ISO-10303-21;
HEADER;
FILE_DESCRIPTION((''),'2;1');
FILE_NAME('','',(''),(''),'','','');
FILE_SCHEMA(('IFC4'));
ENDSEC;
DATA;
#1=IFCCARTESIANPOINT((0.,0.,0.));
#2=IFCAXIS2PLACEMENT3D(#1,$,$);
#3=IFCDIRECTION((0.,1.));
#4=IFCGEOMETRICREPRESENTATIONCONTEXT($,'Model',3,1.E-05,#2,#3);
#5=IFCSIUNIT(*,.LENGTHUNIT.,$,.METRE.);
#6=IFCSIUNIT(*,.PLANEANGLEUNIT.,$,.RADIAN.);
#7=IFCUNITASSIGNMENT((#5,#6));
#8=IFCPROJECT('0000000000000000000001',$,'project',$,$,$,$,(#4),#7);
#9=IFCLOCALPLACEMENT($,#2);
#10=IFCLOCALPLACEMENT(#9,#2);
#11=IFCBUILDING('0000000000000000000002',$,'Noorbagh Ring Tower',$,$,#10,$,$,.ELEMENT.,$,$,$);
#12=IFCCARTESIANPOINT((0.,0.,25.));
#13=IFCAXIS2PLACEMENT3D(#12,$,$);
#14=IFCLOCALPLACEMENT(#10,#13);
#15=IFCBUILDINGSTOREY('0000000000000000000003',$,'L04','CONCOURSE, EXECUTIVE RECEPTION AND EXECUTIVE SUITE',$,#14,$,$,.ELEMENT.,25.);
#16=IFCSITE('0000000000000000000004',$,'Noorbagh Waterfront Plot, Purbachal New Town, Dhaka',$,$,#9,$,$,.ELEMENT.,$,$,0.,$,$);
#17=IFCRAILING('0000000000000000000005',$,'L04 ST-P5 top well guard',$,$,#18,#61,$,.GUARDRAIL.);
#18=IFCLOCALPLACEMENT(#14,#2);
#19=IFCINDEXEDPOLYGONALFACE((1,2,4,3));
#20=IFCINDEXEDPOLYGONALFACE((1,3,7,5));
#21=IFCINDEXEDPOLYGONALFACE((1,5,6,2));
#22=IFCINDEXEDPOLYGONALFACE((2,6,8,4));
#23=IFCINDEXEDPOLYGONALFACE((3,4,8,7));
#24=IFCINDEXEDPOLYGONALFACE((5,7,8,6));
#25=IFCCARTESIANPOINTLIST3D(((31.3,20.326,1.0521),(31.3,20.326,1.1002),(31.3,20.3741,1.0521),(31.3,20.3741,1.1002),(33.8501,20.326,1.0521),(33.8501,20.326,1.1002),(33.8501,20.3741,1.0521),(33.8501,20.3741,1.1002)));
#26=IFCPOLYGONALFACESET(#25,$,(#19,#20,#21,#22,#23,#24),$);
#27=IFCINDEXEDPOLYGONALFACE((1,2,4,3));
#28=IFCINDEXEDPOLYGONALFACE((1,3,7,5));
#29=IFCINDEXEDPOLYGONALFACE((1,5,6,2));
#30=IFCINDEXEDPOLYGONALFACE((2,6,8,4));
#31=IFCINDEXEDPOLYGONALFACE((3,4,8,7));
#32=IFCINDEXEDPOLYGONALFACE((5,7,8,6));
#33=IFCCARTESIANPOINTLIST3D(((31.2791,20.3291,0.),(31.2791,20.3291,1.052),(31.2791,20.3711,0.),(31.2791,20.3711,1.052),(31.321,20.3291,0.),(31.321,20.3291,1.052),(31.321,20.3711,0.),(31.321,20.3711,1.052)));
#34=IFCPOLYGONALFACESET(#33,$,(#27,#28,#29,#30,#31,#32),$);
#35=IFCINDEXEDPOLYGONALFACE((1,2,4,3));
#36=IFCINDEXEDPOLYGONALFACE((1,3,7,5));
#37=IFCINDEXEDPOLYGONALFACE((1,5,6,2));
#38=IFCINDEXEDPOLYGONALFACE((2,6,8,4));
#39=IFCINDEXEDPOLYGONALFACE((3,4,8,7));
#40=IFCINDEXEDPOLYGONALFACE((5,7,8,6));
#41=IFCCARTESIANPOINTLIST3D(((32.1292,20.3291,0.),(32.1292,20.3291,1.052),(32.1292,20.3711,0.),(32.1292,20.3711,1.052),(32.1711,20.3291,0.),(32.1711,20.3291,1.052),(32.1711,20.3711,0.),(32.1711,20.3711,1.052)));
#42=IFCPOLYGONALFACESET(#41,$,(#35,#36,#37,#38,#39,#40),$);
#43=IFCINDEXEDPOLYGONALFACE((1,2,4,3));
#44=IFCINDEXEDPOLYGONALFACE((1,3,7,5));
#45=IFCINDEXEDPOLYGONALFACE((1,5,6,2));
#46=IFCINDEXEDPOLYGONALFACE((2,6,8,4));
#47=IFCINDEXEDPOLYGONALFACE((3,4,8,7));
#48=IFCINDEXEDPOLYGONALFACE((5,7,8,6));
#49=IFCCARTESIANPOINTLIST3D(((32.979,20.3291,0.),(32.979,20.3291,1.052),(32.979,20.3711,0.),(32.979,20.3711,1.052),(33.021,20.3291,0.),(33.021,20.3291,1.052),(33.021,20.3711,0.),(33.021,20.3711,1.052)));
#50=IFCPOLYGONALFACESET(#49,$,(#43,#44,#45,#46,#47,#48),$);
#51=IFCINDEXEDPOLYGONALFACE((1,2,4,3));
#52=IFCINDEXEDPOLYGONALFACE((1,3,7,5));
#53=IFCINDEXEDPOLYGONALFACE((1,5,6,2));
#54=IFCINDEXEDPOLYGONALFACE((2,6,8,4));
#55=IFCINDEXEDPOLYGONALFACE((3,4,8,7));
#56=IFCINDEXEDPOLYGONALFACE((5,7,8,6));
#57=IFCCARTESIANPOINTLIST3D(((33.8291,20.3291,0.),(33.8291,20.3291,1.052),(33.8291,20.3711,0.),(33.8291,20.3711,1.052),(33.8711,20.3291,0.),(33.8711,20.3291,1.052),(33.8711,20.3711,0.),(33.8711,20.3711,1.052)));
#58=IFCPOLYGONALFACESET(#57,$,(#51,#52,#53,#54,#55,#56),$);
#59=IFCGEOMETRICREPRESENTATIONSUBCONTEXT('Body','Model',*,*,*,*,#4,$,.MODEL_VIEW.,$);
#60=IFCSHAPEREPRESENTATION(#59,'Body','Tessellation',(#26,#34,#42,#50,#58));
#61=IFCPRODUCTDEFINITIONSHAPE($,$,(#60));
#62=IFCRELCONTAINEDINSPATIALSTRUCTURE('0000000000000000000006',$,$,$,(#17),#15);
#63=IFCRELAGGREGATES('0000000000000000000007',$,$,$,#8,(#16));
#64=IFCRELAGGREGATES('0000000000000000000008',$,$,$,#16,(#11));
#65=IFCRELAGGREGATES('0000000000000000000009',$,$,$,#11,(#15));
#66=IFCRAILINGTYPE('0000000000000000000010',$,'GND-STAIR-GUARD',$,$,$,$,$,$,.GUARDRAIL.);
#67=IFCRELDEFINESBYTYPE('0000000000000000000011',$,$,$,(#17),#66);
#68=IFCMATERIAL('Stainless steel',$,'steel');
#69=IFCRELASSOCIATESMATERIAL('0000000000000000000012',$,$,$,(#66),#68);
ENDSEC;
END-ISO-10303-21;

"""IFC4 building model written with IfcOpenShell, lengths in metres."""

from ifc_helpers import new_model, si_unit, direction, frame, origin, origin_2d, place, context, subcontext, project, spatial, rectangle, extrude, material, type_object, element, save


model = new_model("IFC4")

# Units and contexts
model_context = context("Model", 3, precision=1e-05, world=origin(), true_north=direction((0.0, 1.0)))
body_context = subcontext(model_context, "Body", "Model", "MODEL_VIEW")
ifc_project = project(units=[si_unit("LENGTHUNIT", "METRE"), si_unit("PLANEANGLEUNIT", "RADIAN")], contexts=[model_context])

# Site, building, storey
site_placement = place(None, origin())
site = spatial("IfcSite", under=ifc_project, at=site_placement, Name="Noorbagh Waterfront Plot, Purbachal New Town, Dhaka", CompositionType="ELEMENT", RefElevation=0.0)
building_placement = place(site_placement, origin())
building = spatial("IfcBuilding", under=site, at=building_placement, Name="Noorbagh Ring Tower", CompositionType="ELEMENT")
storey_placement = place(building_placement, frame((0.0, 0.0, 25.0)))
storey = spatial("IfcBuildingStorey", under=building, at=storey_placement, Name="L04", Description="CONCOURSE, EXECUTIVE RECEPTION AND EXECUTIVE SUITE", CompositionType="ELEMENT", Elevation=25.0)

# Railing
ifc_material_1 = material(Name="Stainless steel", Category="steel")
railing_type = type_object("IfcRailingType", Name="GND-STAIR-GUARD", PredefinedType="GUARDRAIL", material=ifc_material_1)
railing_placement = place(storey_placement, frame((31.3, 20.3501, 0.0)))
element("IfcRailing", 1, at=railing_placement, inside=storey, type_object=railing_type, Name="L04 ST-P5 top well guard", PredefinedType="GUARDRAIL", context=body_context, shape_type="SweptSolid", body=[
    extrude(rectangle(XDim=0.0481, YDim=0.0481, at=origin_2d()), frame((0.0, 0.0, 1.0762), z_axis=(1.0, 0.0, 0.0), x_axis=(0.0, 1.0, 0.0)), (0.0, 0.0, 1.0), 2.55),
    extrude(rectangle(XDim=0.042, YDim=0.042, at=origin_2d()), origin(), (0.0, 0.0, 1.0), 1.052),
    extrude(rectangle(XDim=0.042, YDim=0.042, at=origin_2d()), frame((0.8501, 0.0, 0.0)), (0.0, 0.0, 1.0), 1.052),
    extrude(rectangle(XDim=0.042, YDim=0.042, at=origin_2d()), frame((1.7, 0.0, 0.0)), (0.0, 0.0, 1.0), 1.052),
    extrude(rectangle(XDim=0.042, YDim=0.042, at=origin_2d()), frame((2.55, 0.0, 0.0)), (0.0, 0.0, 1.0), 1.052),
])

save(model, "model.ifc")
